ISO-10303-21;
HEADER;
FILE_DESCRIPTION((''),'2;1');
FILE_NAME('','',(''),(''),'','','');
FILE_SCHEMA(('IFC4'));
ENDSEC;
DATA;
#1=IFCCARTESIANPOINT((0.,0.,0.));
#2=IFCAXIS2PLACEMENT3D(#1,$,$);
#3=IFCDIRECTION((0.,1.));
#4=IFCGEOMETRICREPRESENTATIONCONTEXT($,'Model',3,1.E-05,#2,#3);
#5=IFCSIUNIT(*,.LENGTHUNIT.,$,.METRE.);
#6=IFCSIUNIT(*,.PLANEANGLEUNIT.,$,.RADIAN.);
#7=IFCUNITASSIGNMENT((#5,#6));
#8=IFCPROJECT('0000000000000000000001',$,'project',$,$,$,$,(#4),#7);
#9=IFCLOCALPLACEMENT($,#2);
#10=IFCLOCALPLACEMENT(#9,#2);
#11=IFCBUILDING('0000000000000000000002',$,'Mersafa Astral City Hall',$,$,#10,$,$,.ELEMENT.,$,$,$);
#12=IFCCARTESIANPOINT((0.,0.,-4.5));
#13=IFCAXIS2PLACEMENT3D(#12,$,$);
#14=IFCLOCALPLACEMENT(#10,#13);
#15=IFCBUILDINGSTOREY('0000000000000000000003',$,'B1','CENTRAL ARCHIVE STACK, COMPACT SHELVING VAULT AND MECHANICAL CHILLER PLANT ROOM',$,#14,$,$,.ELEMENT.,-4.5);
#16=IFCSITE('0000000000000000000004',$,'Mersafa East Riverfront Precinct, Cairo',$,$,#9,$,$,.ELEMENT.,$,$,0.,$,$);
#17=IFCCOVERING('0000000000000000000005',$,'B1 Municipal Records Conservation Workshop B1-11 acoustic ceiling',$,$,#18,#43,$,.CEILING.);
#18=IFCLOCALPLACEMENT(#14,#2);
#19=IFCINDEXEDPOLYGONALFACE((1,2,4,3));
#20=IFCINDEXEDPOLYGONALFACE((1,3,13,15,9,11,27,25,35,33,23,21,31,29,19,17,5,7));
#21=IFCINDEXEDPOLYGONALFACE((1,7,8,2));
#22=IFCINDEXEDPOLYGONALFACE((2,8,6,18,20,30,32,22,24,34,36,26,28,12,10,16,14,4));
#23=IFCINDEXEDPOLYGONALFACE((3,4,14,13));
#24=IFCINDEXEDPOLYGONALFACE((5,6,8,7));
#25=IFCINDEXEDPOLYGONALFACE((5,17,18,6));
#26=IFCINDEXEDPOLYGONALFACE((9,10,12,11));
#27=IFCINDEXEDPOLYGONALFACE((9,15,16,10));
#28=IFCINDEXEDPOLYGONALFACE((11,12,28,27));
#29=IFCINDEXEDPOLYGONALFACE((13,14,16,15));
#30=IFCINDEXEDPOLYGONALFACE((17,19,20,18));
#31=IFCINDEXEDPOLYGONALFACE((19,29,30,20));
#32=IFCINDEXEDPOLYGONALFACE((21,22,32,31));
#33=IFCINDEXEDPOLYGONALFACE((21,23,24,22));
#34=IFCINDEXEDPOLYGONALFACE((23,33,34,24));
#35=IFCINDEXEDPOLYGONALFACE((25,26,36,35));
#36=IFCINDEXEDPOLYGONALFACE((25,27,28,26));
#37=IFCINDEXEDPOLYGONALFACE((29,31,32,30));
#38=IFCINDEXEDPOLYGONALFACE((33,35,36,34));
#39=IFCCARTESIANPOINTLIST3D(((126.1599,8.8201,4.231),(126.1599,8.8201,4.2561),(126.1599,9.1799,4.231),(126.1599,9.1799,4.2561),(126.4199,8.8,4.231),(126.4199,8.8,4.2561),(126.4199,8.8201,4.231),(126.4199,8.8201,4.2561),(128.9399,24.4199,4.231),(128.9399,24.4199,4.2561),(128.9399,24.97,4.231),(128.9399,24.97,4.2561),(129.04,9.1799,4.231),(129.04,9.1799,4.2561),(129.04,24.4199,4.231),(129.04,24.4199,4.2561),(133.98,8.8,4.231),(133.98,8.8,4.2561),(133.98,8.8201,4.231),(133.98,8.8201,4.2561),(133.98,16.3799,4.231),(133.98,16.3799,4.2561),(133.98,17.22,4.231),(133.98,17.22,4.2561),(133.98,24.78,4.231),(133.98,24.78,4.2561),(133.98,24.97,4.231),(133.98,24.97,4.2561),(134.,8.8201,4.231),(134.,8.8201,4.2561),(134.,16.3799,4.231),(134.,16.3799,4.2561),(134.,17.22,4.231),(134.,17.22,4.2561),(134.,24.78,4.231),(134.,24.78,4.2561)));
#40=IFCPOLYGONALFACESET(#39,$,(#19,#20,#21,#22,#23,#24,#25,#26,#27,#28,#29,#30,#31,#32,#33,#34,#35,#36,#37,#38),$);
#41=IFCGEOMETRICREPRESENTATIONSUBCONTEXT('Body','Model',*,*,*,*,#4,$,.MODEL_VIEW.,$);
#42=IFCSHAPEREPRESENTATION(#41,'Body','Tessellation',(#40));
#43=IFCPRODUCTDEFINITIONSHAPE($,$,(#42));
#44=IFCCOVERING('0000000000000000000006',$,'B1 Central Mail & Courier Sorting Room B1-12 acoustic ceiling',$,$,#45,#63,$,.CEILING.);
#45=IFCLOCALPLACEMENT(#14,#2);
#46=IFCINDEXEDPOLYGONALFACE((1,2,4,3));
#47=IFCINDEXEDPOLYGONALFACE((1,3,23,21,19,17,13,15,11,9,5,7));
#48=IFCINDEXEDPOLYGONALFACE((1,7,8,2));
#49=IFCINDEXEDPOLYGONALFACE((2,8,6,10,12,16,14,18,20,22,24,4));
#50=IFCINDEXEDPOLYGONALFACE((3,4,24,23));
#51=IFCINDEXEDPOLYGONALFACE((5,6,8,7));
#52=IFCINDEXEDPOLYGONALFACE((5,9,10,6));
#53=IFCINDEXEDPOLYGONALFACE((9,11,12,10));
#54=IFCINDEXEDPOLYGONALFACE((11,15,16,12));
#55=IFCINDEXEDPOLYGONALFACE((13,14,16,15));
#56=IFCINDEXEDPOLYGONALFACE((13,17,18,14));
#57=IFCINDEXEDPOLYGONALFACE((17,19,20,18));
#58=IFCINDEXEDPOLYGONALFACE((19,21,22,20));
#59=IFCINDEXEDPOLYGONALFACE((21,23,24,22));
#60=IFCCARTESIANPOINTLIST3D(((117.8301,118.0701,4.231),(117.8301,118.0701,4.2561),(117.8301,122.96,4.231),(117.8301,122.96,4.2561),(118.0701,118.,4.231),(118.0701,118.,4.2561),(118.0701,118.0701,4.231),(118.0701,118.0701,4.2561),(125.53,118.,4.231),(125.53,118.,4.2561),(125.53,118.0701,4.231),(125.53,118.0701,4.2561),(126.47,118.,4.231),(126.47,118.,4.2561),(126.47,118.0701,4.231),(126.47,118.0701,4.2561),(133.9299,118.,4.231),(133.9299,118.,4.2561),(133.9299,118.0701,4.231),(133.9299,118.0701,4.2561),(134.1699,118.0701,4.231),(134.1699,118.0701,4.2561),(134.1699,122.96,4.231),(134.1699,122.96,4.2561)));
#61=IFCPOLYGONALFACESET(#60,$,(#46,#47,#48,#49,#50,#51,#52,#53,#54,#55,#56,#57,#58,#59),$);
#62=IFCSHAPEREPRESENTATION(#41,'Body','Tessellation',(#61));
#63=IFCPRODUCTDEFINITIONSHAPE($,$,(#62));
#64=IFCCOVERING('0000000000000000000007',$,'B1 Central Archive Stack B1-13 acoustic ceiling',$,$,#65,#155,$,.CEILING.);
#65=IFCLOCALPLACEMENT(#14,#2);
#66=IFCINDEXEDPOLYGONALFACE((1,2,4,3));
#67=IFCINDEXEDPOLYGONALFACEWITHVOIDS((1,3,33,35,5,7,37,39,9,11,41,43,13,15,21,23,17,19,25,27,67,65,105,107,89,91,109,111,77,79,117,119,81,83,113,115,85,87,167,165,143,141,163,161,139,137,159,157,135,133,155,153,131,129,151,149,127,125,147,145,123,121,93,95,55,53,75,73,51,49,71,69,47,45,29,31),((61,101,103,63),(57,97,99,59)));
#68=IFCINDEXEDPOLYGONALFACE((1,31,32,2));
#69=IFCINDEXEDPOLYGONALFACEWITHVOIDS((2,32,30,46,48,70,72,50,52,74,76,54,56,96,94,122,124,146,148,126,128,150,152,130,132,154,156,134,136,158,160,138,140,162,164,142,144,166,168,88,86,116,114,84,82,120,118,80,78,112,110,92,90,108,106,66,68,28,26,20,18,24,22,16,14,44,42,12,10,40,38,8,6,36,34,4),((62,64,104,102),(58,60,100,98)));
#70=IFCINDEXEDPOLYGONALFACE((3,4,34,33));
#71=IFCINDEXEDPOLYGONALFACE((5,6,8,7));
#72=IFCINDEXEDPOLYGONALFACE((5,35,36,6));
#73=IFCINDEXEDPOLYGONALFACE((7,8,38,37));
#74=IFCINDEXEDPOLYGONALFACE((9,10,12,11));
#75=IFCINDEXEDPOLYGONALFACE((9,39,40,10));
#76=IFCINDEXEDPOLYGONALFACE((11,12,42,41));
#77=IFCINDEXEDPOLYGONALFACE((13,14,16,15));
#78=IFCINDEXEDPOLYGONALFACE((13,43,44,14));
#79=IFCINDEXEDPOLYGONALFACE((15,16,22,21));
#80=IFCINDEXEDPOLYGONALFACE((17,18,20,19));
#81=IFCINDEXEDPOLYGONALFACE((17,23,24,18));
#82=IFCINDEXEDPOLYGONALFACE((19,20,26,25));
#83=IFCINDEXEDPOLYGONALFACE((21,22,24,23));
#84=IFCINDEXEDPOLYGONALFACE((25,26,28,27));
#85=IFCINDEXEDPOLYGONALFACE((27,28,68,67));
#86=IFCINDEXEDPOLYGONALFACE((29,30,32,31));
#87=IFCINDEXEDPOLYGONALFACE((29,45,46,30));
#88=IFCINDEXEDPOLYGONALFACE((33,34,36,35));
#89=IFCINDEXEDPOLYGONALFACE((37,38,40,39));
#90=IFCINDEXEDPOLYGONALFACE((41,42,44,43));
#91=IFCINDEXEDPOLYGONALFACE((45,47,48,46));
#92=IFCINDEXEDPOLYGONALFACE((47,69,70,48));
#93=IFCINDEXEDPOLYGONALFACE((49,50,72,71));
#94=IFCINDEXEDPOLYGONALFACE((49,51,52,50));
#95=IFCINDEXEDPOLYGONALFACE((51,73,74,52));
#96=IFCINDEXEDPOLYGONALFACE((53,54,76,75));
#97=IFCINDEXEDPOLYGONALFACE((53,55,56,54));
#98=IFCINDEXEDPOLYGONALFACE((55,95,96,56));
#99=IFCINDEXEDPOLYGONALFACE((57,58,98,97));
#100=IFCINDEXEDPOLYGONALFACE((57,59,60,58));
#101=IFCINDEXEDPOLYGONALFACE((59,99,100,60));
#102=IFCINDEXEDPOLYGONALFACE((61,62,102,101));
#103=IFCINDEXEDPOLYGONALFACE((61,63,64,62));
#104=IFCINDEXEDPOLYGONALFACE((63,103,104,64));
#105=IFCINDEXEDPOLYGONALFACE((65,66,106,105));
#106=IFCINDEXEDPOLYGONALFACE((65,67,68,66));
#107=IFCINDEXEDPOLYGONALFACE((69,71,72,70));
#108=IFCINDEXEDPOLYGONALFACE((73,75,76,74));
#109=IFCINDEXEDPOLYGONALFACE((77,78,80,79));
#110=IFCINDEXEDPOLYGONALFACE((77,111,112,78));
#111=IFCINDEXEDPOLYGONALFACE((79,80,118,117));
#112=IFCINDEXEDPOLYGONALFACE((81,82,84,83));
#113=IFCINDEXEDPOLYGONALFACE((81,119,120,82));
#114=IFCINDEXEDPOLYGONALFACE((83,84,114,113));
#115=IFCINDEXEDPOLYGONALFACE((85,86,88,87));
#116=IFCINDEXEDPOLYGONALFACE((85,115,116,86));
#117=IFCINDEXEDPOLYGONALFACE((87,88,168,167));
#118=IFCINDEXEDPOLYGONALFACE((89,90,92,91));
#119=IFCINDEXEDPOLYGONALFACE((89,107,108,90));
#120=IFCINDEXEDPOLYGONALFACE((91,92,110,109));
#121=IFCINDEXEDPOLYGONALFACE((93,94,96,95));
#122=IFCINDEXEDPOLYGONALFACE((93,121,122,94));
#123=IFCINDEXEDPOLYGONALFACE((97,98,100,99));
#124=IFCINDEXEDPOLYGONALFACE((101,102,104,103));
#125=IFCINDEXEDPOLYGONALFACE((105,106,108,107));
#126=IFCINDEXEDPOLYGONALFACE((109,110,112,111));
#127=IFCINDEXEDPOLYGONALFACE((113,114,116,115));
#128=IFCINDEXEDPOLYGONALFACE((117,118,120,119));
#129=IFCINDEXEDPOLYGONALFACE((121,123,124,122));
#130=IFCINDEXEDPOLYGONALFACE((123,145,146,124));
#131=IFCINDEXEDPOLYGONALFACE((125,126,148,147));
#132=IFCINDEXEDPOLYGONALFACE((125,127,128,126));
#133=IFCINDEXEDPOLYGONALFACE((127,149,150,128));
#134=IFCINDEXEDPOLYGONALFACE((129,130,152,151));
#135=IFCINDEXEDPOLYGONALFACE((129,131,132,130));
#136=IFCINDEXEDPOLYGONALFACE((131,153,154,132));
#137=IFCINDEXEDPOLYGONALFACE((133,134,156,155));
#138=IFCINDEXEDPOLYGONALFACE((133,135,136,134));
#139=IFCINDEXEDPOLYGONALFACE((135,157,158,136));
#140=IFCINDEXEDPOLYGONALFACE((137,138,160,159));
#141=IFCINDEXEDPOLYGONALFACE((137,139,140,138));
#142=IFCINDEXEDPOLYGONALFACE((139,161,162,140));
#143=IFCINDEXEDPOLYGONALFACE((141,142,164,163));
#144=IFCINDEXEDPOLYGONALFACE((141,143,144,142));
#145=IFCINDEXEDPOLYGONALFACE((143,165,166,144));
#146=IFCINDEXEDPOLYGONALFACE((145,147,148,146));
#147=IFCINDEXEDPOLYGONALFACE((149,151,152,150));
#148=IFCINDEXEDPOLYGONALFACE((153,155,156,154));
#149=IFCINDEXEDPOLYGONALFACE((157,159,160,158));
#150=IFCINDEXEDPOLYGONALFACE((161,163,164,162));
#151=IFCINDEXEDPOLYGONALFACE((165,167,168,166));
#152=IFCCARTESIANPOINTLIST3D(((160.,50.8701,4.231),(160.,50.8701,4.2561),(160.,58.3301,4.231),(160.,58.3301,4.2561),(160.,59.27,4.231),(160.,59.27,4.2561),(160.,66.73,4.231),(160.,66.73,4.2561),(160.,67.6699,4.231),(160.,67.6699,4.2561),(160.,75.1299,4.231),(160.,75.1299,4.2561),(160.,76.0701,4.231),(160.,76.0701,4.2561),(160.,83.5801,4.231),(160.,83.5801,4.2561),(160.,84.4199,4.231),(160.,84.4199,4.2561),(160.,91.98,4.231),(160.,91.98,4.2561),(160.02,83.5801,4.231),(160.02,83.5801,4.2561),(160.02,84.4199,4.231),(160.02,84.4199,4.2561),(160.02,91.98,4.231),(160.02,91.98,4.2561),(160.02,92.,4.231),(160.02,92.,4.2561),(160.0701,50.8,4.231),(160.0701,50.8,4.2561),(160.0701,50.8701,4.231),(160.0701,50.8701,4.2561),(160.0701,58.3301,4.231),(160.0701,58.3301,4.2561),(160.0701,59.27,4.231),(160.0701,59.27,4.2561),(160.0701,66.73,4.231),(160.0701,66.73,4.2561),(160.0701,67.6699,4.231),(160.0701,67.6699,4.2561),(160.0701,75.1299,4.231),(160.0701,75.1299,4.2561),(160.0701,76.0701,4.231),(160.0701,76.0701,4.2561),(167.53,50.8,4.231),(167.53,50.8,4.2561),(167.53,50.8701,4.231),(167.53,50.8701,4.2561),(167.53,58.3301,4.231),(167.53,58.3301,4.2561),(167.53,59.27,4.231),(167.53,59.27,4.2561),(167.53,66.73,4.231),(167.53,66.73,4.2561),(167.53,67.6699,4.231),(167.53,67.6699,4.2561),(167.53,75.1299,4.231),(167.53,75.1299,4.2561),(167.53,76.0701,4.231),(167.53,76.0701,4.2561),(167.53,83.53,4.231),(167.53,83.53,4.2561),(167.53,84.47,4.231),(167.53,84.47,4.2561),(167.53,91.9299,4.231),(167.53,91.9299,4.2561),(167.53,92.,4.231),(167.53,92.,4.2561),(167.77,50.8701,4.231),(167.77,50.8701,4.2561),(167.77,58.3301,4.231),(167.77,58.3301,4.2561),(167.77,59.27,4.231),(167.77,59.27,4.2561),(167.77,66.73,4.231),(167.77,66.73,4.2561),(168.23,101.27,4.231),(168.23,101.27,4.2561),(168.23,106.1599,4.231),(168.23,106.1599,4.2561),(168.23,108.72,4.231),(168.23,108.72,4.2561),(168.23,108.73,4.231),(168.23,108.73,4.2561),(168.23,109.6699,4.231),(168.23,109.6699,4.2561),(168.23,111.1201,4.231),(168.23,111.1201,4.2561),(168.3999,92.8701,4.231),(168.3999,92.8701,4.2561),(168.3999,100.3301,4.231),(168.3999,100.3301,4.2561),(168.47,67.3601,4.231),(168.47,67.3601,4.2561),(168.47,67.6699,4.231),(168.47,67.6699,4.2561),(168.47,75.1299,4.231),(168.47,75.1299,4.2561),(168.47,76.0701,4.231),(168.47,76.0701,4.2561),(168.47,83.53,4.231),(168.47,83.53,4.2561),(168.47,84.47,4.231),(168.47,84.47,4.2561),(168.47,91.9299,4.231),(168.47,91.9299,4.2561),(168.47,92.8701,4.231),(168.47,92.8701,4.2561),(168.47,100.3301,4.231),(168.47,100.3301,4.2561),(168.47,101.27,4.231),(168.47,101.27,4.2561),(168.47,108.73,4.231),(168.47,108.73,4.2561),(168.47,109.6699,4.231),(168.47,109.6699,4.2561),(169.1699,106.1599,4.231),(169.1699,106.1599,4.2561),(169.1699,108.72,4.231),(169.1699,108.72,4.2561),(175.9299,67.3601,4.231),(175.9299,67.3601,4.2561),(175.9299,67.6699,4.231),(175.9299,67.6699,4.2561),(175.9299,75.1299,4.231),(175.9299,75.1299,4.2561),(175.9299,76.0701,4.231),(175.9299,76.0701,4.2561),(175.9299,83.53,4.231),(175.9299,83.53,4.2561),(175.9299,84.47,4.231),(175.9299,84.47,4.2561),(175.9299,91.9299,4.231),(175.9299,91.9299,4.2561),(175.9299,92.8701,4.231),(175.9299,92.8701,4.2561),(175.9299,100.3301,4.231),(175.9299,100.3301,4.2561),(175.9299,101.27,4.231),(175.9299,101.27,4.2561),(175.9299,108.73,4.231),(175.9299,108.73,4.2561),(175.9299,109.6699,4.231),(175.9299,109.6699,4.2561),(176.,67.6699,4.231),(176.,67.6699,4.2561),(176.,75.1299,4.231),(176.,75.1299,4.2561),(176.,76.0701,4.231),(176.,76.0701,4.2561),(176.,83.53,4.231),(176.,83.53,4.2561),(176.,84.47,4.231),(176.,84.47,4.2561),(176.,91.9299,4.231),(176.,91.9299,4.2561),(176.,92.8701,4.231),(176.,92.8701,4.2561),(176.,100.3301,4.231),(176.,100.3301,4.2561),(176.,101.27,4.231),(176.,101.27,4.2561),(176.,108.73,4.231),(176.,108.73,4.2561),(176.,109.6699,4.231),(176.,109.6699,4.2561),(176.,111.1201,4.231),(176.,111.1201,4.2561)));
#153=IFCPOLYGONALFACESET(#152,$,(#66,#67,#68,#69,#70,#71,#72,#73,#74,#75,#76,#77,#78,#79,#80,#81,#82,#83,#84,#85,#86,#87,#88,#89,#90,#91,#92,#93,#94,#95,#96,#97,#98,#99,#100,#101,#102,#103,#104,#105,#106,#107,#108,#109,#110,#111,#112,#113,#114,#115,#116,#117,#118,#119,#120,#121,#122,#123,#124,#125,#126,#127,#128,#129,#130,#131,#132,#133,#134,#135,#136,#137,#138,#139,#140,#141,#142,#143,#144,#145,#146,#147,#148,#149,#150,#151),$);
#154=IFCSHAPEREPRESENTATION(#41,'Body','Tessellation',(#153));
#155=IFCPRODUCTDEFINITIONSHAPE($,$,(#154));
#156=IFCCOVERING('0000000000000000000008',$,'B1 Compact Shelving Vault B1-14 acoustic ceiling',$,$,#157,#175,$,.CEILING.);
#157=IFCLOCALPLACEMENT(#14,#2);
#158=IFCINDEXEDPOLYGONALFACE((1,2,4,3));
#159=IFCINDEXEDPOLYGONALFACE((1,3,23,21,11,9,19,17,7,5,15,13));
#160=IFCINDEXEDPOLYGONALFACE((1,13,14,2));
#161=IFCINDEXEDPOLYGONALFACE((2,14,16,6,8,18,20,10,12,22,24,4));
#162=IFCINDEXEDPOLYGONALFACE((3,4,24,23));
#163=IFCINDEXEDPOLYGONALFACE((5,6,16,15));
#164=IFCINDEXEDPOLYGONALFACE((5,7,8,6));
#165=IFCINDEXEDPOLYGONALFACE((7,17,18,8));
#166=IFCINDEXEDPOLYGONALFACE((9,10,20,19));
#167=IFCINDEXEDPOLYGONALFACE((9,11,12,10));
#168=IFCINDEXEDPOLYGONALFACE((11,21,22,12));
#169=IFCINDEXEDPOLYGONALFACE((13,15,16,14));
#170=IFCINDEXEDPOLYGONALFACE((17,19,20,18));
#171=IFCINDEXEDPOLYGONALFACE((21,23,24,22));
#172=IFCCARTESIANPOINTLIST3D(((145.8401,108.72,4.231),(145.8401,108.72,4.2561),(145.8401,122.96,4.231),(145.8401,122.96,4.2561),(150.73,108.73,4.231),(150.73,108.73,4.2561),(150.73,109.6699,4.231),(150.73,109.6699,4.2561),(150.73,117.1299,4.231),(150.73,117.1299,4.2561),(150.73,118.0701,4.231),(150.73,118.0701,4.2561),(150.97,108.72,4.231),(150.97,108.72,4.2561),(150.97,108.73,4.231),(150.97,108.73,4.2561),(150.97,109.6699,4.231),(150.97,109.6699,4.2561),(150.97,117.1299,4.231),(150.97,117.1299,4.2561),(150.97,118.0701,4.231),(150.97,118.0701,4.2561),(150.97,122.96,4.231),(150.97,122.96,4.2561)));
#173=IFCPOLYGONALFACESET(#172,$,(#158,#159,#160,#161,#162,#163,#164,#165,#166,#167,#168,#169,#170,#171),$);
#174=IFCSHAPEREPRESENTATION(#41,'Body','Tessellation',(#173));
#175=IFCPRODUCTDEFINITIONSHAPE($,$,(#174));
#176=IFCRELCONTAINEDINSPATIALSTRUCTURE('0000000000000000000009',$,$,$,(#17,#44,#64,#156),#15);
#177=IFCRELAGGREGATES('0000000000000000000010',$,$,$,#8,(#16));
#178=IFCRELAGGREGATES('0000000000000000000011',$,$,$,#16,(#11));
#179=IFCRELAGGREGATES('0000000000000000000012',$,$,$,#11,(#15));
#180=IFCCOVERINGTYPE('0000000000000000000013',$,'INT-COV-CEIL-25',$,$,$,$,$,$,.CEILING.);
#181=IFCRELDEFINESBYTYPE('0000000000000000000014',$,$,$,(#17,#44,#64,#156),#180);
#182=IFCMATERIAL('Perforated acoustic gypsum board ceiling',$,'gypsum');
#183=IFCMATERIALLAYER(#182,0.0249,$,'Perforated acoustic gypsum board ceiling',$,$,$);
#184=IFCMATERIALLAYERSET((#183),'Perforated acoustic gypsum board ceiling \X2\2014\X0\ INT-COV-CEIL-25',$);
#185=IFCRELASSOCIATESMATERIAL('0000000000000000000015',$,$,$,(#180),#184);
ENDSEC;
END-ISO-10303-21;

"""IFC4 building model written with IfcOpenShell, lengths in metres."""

from ifc_helpers import new_model, si_unit, direction, frame, origin, place, context, subcontext, project, spatial, polyline, outline, extrude, material, layer, layer_set, type_object, element, save


model = new_model("IFC4")

# Units and contexts
model_context = context("Model", 3, precision=1e-05, world=origin(), true_north=direction((0.0, 1.0)))
body_context = subcontext(model_context, "Body", "Model", "MODEL_VIEW")
ifc_project = project(units=[si_unit("LENGTHUNIT", "METRE"), si_unit("PLANEANGLEUNIT", "RADIAN")], contexts=[model_context])

# Site, building, storey
site_placement = place(None, origin())
site = spatial("IfcSite", under=ifc_project, at=site_placement, Name="Mersafa East Riverfront Precinct, Cairo", CompositionType="ELEMENT", RefElevation=0.0)
building_placement = place(site_placement, origin())
building = spatial("IfcBuilding", under=site, at=building_placement, Name="Mersafa Astral City Hall", CompositionType="ELEMENT")
storey_placement = place(building_placement, frame((0.0, 0.0, -4.5)))
storey = spatial("IfcBuildingStorey", under=building, at=storey_placement, Name="B1", Description="CENTRAL ARCHIVE STACK, COMPACT SHELVING VAULT AND MECHANICAL CHILLER PLANT ROOM", CompositionType="ELEMENT", Elevation=-4.5)

# Coverings
ifc_material_1 = material(Name="Perforated acoustic gypsum board ceiling", Category="gypsum")
ifc_layer_1 = layer(ifc_material_1, 0.0249, Name="Perforated acoustic gypsum board ceiling")
ifc_layer_set_1 = layer_set([ifc_layer_1], Name="Perforated acoustic gypsum board ceiling — INT-COV-CEIL-25")
covering_type = type_object("IfcCoveringType", Name="INT-COV-CEIL-25", PredefinedType="CEILING", material=ifc_layer_set_1)
covering_1_placement = place(storey_placement, frame((0.0, 0.0, 4.231)))
element("IfcCovering", 1, at=covering_1_placement, inside=storey, type_object=covering_type, Name="B1 Municipal Records Conservation Workshop B1-11 acoustic ceiling", PredefinedType="CEILING", context=body_context, shape_type="SweptSolid", body=[
    extrude(outline(polyline([(126.4199, 8.8201), (126.1599, 8.8201), (126.1599, 9.1799), (129.04, 9.1799), (129.04, 24.4199), (128.9399, 24.4199), (128.9399, 24.97), (133.98, 24.97), (133.98, 24.78), (134.0, 24.78), (134.0, 17.22), (133.98, 17.22), (133.98, 16.3799), (134.0, 16.3799), (134.0, 8.8201), (133.98, 8.8201), (133.98, 8.8), (126.4199, 8.8), (126.4199, 8.8201)])), origin(), (0.0, 0.0, 1.0), 0.0251),
])
covering_2_placement = place(storey_placement, frame((0.0, 0.0, 4.231)))
element("IfcCovering", 2, at=covering_2_placement, inside=storey, type_object=covering_type, Name="B1 Central Mail & Courier Sorting Room B1-12 acoustic ceiling", PredefinedType="CEILING", context=body_context, shape_type="SweptSolid", body=[
    extrude(outline(polyline([(134.1699, 122.96), (134.1699, 118.0701), (133.9299, 118.0701), (133.9299, 118.0), (126.47, 118.0), (126.47, 118.0701), (125.53, 118.0701), (125.53, 118.0), (118.0701, 118.0), (118.0701, 118.0701), (117.8301, 118.0701), (117.8301, 122.96), (134.1699, 122.96)])), origin(), (0.0, 0.0, 1.0), 0.0251),
])
covering_3_placement = place(storey_placement, frame((0.0, 0.0, 4.231)))
element("IfcCovering", 3, at=covering_3_placement, inside=storey, type_object=covering_type, Name="B1 Central Archive Stack B1-13 acoustic ceiling", PredefinedType="CEILING", context=body_context, shape_type="SweptSolid", body=[
    extrude(outline(polyline([(160.0701, 50.8701), (160.0, 50.8701), (160.0, 58.3301), (160.0701, 58.3301), (160.0701, 59.27), (160.0, 59.27), (160.0, 66.73), (160.0701, 66.73), (160.0701, 67.6699), (160.0, 67.6699), (160.0, 75.1299), (160.0701, 75.1299), (160.0701, 76.0701), (160.0, 76.0701), (160.0, 83.5801), (160.02, 83.5801), (160.02, 84.4199), (160.0, 84.4199), (160.0, 91.98), (160.02, 91.98), (160.02, 92.0), (167.53, 92.0), (167.53, 91.9299), (168.47, 91.9299), (168.47, 92.8701), (168.3999, 92.8701), (168.3999, 100.3301), (168.47, 100.3301), (168.47, 101.27), (168.23, 101.27), (168.23, 106.1599), (169.1699, 106.1599), (169.1699, 108.72), (168.23, 108.72), (168.23, 108.73), (168.47, 108.73), (168.47, 109.6699), (168.23, 109.6699), (168.23, 111.1201), (176.0, 111.1201), (176.0, 109.6699), (175.9299, 109.6699), (175.9299, 108.73), (176.0, 108.73), (176.0, 101.27), (175.9299, 101.27), (175.9299, 100.3301), (176.0, 100.3301), (176.0, 92.8701), (175.9299, 92.8701), (175.9299, 91.9299), (176.0, 91.9299), (176.0, 84.47), (175.9299, 84.47), (175.9299, 83.53), (176.0, 83.53), (176.0, 76.0701), (175.9299, 76.0701), (175.9299, 75.1299), (176.0, 75.1299), (176.0, 67.6699), (175.9299, 67.6699), (175.9299, 67.3601), (168.47, 67.3601), (168.47, 67.6699), (167.53, 67.6699), (167.53, 66.73), (167.77, 66.73), (167.77, 59.27), (167.53, 59.27), (167.53, 58.3301), (167.77, 58.3301), (167.77, 50.8701), (167.53, 50.8701), (167.53, 50.8), (160.0701, 50.8), (160.0701, 50.8701)]), holes=[polyline([(167.53, 75.1299), (168.47, 75.1299), (168.47, 76.0701), (167.53, 76.0701), (167.53, 75.1299)]), polyline([(167.53, 83.53), (168.47, 83.53), (168.47, 84.47), (167.53, 84.47), (167.53, 83.53)])]), origin(), (0.0, 0.0, 1.0), 0.0251),
])
covering_4_placement = place(storey_placement, frame((0.0, 0.0, 4.231)))
element("IfcCovering", 4, at=covering_4_placement, inside=storey, type_object=covering_type, Name="B1 Compact Shelving Vault B1-14 acoustic ceiling", PredefinedType="CEILING", context=body_context, shape_type="SweptSolid", body=[
    extrude(outline(polyline([(150.97, 122.96), (150.97, 118.0701), (150.73, 118.0701), (150.73, 117.1299), (150.97, 117.1299), (150.97, 109.6699), (150.73, 109.6699), (150.73, 108.73), (150.97, 108.73), (150.97, 108.72), (145.8401, 108.72), (145.8401, 122.96), (150.97, 122.96)])), origin(), (0.0, 0.0, 1.0), 0.0251),
])

save(model, "model.ifc")
